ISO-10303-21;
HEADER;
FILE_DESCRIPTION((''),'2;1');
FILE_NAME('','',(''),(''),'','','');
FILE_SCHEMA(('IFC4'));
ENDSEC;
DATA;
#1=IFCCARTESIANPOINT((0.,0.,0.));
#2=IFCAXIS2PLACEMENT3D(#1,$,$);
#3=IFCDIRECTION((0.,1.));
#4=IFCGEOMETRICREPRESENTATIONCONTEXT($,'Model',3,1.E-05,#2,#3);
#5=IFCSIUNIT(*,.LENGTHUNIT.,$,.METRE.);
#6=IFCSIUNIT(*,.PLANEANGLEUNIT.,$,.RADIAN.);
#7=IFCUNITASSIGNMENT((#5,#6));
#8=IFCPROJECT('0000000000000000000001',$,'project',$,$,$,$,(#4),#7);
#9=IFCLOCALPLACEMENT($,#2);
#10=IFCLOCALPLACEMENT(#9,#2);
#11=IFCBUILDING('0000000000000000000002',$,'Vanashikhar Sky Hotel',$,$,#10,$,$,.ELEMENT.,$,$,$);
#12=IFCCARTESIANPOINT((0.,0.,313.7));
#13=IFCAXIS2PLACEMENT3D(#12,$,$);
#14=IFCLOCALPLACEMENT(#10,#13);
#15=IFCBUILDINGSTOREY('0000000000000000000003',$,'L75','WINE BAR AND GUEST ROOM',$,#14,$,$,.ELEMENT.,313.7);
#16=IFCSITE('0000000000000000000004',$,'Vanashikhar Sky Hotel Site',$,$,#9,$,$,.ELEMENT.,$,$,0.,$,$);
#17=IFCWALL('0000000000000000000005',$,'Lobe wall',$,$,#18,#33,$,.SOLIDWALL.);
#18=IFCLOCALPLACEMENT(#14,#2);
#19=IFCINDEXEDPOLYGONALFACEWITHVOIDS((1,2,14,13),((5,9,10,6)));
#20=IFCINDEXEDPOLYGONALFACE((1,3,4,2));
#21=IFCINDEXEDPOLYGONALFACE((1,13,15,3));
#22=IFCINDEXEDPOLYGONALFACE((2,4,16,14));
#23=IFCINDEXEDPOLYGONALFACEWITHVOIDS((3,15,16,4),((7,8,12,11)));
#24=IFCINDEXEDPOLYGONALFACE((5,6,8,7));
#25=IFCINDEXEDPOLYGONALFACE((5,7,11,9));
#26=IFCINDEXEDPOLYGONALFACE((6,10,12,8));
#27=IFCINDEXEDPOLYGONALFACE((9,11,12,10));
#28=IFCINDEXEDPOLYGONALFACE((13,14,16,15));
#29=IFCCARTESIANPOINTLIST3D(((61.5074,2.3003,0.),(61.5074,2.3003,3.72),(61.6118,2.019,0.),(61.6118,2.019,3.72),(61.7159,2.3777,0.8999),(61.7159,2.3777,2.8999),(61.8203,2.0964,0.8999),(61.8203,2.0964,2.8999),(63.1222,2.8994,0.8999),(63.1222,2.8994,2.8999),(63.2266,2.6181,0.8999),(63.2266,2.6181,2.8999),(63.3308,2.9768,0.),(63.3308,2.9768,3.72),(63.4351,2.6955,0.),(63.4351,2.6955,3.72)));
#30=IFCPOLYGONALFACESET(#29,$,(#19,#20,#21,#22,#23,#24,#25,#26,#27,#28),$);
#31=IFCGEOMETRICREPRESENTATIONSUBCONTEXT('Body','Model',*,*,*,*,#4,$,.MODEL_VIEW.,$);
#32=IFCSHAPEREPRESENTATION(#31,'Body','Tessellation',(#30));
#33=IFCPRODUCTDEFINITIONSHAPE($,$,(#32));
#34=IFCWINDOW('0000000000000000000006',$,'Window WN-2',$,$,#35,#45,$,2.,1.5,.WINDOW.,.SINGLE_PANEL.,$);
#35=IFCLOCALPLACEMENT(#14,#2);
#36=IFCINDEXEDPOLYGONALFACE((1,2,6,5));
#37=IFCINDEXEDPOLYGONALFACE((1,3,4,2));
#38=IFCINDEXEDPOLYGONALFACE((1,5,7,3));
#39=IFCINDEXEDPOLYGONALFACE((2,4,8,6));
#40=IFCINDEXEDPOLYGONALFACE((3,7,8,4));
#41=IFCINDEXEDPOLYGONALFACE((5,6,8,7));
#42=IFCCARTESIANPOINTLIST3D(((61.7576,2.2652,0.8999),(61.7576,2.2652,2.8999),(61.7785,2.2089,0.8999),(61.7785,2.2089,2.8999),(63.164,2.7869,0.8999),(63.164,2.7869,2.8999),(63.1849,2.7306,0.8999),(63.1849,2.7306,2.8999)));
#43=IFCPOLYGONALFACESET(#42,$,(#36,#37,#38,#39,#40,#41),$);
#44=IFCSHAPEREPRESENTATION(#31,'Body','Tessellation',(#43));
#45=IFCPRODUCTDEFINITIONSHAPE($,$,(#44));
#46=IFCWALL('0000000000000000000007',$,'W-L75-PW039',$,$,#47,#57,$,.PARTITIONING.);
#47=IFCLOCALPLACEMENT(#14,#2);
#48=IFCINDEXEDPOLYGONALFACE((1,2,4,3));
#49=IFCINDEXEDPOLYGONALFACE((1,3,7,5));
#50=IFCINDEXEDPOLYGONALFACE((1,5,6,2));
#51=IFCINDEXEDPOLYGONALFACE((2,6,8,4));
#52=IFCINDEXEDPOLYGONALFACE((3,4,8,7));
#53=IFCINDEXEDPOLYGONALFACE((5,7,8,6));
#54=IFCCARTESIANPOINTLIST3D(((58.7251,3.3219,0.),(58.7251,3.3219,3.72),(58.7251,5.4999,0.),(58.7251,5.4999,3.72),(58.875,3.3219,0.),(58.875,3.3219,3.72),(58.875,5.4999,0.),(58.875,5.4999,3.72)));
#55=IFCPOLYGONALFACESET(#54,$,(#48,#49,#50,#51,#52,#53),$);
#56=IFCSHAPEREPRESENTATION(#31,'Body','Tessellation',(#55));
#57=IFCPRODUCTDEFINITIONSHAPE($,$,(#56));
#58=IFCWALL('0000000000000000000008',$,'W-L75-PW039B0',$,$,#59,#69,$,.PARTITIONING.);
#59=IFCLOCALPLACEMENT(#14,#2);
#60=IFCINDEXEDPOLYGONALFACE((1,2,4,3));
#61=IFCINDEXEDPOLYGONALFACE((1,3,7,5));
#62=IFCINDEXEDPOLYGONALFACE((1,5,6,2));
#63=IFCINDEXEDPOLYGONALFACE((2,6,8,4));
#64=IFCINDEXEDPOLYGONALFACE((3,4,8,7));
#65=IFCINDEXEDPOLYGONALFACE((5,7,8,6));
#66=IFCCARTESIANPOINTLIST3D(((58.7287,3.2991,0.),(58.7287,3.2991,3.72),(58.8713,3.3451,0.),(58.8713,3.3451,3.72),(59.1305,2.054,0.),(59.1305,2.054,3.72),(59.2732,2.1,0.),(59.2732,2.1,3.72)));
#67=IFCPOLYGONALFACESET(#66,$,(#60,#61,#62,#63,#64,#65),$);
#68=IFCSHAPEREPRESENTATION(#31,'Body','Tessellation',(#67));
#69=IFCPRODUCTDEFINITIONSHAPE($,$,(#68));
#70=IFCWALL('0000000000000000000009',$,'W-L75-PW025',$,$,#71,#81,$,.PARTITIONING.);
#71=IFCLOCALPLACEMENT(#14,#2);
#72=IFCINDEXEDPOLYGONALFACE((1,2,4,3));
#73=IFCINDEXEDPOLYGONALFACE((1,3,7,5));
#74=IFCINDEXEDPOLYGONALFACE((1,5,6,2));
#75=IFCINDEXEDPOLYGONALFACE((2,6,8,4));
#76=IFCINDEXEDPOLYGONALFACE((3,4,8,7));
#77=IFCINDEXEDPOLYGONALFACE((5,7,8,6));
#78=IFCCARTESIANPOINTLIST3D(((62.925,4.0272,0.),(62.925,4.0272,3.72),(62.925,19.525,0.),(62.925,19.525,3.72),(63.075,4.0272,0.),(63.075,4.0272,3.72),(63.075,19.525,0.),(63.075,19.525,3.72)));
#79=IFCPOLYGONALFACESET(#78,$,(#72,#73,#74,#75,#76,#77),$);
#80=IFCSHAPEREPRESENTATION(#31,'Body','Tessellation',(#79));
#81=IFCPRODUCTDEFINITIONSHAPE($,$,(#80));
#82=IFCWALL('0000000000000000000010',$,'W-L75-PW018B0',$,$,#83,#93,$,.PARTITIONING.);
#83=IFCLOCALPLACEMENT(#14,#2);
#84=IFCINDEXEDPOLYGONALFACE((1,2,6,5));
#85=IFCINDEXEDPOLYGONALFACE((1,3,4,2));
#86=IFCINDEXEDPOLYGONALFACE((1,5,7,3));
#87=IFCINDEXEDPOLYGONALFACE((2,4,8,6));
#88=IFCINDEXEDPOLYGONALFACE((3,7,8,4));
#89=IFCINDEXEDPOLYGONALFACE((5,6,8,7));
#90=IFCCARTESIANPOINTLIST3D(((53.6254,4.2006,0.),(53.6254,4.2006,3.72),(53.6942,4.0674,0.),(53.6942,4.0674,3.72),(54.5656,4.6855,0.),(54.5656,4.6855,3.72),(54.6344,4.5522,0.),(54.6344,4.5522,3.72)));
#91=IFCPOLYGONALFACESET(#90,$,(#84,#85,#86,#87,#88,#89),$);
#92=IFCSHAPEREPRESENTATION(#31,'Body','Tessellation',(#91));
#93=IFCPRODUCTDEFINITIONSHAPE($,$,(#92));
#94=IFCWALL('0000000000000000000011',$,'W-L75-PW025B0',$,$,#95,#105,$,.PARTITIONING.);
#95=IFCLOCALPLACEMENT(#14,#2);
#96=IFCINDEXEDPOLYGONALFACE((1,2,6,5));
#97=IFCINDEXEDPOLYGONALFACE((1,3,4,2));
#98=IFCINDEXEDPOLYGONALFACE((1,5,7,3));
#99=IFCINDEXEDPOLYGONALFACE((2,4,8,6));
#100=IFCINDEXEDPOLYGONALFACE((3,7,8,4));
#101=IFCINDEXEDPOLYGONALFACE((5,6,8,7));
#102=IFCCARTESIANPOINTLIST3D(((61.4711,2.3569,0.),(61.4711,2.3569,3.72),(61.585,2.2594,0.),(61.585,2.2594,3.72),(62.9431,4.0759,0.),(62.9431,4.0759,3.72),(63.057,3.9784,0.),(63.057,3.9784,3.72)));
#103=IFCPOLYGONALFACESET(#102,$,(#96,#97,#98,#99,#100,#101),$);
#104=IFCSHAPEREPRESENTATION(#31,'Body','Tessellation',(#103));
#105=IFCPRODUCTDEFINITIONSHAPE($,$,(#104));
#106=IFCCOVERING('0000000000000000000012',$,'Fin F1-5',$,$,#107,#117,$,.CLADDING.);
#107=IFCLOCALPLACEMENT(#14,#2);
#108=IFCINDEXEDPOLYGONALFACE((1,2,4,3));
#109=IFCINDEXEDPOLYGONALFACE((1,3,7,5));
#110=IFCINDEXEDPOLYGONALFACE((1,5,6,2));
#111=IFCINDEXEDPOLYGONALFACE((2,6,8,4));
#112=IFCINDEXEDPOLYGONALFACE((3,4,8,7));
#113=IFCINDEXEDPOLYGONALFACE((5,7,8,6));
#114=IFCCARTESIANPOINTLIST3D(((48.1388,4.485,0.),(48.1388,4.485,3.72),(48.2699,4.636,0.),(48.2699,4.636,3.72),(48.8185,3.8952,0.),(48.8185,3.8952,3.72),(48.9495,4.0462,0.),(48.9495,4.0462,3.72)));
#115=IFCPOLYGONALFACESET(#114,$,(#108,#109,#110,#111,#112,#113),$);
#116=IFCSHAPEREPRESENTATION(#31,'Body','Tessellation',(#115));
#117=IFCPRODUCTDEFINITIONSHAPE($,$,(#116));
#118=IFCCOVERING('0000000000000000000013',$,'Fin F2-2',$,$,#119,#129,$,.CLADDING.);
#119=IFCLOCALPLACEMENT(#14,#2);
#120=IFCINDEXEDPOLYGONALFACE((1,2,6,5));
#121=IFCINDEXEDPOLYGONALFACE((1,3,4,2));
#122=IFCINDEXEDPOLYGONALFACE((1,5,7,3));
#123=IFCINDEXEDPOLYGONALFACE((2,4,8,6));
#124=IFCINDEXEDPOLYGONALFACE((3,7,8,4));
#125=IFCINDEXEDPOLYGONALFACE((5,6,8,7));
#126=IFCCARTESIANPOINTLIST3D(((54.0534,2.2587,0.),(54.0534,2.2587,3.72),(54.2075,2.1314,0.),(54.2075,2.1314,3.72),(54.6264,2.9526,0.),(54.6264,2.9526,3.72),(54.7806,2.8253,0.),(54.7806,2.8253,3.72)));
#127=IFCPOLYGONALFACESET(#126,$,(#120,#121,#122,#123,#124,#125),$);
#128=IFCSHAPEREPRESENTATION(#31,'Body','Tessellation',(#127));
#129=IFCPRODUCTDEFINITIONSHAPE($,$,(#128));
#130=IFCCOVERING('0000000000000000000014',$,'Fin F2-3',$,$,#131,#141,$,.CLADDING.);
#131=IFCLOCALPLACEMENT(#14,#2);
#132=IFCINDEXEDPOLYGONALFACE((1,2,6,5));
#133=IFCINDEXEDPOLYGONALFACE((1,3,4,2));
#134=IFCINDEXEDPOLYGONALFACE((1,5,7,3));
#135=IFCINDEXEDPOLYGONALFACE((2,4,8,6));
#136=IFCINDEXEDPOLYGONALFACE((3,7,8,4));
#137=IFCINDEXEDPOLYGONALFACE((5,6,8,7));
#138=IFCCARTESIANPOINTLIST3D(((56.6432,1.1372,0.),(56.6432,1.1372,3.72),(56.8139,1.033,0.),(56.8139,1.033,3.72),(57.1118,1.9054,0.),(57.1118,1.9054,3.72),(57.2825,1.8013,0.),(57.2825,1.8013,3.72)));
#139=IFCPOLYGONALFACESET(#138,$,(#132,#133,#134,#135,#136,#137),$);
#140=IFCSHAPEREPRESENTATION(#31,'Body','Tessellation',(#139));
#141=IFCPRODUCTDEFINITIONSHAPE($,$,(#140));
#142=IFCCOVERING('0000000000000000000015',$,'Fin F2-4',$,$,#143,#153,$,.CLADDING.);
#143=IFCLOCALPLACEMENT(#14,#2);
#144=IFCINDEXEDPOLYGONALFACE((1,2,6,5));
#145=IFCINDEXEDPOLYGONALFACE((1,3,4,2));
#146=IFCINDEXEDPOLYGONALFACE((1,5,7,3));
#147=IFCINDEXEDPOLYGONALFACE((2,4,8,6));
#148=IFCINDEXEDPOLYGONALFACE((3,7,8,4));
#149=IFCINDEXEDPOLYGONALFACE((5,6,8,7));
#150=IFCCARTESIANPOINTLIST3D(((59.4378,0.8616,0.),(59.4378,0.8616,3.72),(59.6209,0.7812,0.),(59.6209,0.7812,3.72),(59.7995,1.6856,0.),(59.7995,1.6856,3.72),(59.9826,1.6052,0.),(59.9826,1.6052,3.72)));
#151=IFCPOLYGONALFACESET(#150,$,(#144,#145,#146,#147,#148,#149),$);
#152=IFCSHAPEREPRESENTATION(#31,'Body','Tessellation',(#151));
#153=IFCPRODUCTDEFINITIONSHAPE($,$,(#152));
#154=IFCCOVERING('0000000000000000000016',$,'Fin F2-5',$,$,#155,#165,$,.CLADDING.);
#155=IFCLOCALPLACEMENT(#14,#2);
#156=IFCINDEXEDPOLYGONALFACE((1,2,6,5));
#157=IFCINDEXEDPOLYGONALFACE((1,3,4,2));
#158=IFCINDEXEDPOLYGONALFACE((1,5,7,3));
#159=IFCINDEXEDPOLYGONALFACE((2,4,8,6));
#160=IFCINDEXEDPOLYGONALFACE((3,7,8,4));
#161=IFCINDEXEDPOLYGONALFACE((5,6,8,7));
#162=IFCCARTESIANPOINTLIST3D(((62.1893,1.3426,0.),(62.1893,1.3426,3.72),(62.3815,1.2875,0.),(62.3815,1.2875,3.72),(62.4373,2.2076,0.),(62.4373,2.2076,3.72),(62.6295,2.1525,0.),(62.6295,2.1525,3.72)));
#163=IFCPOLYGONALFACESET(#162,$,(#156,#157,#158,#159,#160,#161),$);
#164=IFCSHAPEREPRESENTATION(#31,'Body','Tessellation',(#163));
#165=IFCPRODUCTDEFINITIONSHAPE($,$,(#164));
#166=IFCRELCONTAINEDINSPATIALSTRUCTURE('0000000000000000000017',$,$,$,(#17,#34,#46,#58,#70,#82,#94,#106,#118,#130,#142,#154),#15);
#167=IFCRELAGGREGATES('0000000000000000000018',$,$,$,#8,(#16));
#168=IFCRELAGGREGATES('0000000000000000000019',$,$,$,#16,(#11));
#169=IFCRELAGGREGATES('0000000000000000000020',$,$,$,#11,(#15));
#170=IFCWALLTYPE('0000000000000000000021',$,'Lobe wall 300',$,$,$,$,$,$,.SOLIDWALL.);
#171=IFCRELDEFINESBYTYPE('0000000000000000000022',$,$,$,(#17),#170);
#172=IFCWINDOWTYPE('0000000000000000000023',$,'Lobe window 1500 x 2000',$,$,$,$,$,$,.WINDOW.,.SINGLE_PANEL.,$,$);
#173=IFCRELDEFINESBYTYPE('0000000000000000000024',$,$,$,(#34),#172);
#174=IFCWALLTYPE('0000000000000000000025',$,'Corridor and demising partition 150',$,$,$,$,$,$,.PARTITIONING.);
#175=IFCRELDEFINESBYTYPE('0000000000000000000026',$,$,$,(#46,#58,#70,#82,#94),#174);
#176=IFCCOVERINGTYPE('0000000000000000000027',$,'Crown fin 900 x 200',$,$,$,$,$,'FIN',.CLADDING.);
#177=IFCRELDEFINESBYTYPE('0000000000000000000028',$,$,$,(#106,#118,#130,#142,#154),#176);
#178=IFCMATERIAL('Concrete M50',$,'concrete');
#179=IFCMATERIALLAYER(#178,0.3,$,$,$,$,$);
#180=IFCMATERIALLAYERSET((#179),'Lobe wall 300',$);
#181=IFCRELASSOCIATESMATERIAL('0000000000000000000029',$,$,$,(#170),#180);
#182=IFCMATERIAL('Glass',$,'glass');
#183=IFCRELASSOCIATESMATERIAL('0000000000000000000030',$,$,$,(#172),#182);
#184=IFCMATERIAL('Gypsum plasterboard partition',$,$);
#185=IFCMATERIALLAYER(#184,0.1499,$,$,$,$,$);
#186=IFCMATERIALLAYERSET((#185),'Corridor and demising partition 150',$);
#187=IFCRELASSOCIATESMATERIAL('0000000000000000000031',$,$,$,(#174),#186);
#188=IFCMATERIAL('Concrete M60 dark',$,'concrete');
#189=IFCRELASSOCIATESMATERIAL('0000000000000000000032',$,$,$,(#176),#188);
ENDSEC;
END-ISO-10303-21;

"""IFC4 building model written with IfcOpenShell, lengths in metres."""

from ifc_helpers import new_model, si_unit, direction, frame, frame_2d, origin, origin_2d, place, context, subcontext, project, spatial, rectangle, extrude, source, transform, mapped, material, layer, layer_set, material_profile, profile_set, type_object, element, fill, save


model = new_model("IFC4")

# Units and contexts
model_context = context("Model", 3, precision=1e-05, world=origin(), true_north=direction((0.0, 1.0)))
body_context = subcontext(model_context, "Body", "Model", "MODEL_VIEW")
ifc_project = project(units=[si_unit("LENGTHUNIT", "METRE"), si_unit("PLANEANGLEUNIT", "RADIAN")], contexts=[model_context])

# Site, building, storey
site_placement = place(None, origin())
site = spatial("IfcSite", under=ifc_project, at=site_placement, Name="Vanashikhar Sky Hotel Site", CompositionType="ELEMENT", RefElevation=0.0)
building_placement = place(site_placement, origin())
building = spatial("IfcBuilding", under=site, at=building_placement, Name="Vanashikhar Sky Hotel", CompositionType="ELEMENT")
storey_placement = place(building_placement, frame((0.0, 0.0, 313.7)))
storey = spatial("IfcBuildingStorey", under=building, at=storey_placement, Name="L75", Description="WINE BAR AND GUEST ROOM", CompositionType="ELEMENT", Elevation=313.7)

# Shared definitions
ifc_material_1 = material(Name="Concrete M50", Category="concrete")
ifc_layer_1 = layer(ifc_material_1, 0.3)
ifc_layer_set_1 = layer_set([ifc_layer_1], Name="Lobe wall 300")
wall_type_1 = type_object("IfcWallType", Name="Lobe wall 300", PredefinedType="SOLIDWALL", material=ifc_layer_set_1)
shared_shape_1 = source(origin(), body_context, "Body", "SweptSolid", [
    extrude(rectangle(XDim=1.5, YDim=2.0, at=frame_2d((0.75, 1.0))), frame((0.0, 0.1602, 0.0), z_axis=(0.0, -1.0, 0.0), x_axis=(1.0, 0.0, 0.0)), (0.0, 0.0, 1.0), 0.3201),
])
ifc_material_2 = material(Name="Glass", Category="glass")
window_type = type_object("IfcWindowType", Name="Lobe window 1500 x 2000", PartitioningType="SINGLE_PANEL", PredefinedType="WINDOW", material=ifc_material_2)
shared_shape_2 = source(origin(), body_context, "Body", "SweptSolid", [
    extrude(rectangle(XDim=1.5, YDim=2.0, at=frame_2d((0.75, 1.0))), frame((0.0, 0.03, 0.0), z_axis=(0.0, -1.0, 0.0), x_axis=(1.0, 0.0, 0.0)), (0.0, 0.0, 1.0), 0.0601),
])

# Wall, opening, window
shared_shape_3 = source(origin(), body_context, "Body", "SweptSolid", [
    extrude(rectangle(XDim=1.9448, YDim=0.3, at=frame_2d((0.9724, 0.0))), origin(), (0.0, 0.0, 1.0), 3.72),
])
wall_1_placement = place(storey_placement, frame((61.5596, 2.1597, 0.0), z_axis=(0.0, 0.0, 1.0), x_axis=(0.937556, 0.347834, 0.0)))
wall_1 = element("IfcWall", 1, at=wall_1_placement, inside=storey, type_object=wall_type_1, Name="Lobe wall", PredefinedType="SOLIDWALL", context=body_context, shape_type="MappedRepresentation", body=[
    mapped(shared_shape_3, transform((0.0, 0.0, 0.0), scale=1.0)),
])
opening_1_placement = place(wall_1_placement, frame((0.2224, 0.0, 0.8999)))
opening_1 = element("IfcOpeningElement", 2, at=opening_1_placement, cuts=wall_1, PredefinedType="OPENING", context=body_context, shape_type="MappedRepresentation", body=[
    mapped(shared_shape_1, transform((0.0, 0.0, 0.0), scale=1.0)),
])
window_1_placement = place(opening_1_placement, origin())
window_1 = element("IfcWindow", 3, at=window_1_placement, inside=storey, type_object=window_type, Name="Window WN-2", OverallHeight=2.0, OverallWidth=1.5, PartitioningType="SINGLE_PANEL", PredefinedType="WINDOW", context=body_context, shape_type="MappedRepresentation", body=[
    mapped(shared_shape_2, transform((0.0, 0.0, 0.0), scale=1.0)),
])
fill(opening_1, window_1)

# Walls
ifc_material_3 = material(Name="Gypsum plasterboard partition")
ifc_layer_2 = layer(ifc_material_3, 0.1499)
ifc_layer_set_2 = layer_set([ifc_layer_2], Name="Corridor and demising partition 150")
wall_type_2 = type_object("IfcWallType", Name="Corridor and demising partition 150", PredefinedType="PARTITIONING", material=ifc_layer_set_2)
shared_shape_4 = source(origin(), body_context, "Body", "SweptSolid", [
    extrude(rectangle(XDim=2.178, YDim=0.1499, at=frame_2d((1.0889, 0.0))), origin(), (0.0, 0.0, 1.0), 3.72),
])
wall_2_placement = place(storey_placement, frame((58.8, 3.322, 0.0), z_axis=(0.0, 0.0, 1.0), x_axis=(0.0, 1.0, 0.0)))
element("IfcWall", 4, at=wall_2_placement, inside=storey, type_object=wall_type_2, Name="W-L75-PW039", PredefinedType="PARTITIONING", context=body_context, shape_type="MappedRepresentation", body=[
    mapped(shared_shape_4, transform((0.0, 0.0, 0.0), scale=1.0)),
])
shared_shape_5 = source(origin(), body_context, "Body", "SweptSolid", [
    extrude(rectangle(XDim=1.3083, YDim=0.1499, at=frame_2d((0.6543, 0.0))), origin(), (0.0, 0.0, 1.0), 3.72),
])
wall_3_placement = place(storey_placement, frame((59.2019, 2.0769, 0.0), z_axis=(0.0, 0.0, 1.0), x_axis=(-0.307145, 0.951663, 0.0)))
element("IfcWall", 5, at=wall_3_placement, inside=storey, type_object=wall_type_2, Name="W-L75-PW039B0", PredefinedType="PARTITIONING", context=body_context, shape_type="MappedRepresentation", body=[
    mapped(shared_shape_5, transform((0.0, 0.0, 0.0), scale=1.0)),
])
shared_shape_6 = source(origin(), body_context, "Body", "SweptSolid", [
    extrude(rectangle(XDim=15.4978, YDim=0.1499, at=frame_2d((7.749, 0.0))), origin(), (0.0, 0.0, 1.0), 3.72),
])
wall_4_placement = place(storey_placement, frame((63.0, 4.0271, 0.0), z_axis=(0.0, 0.0, 1.0), x_axis=(0.0, 1.0, 0.0)))
element("IfcWall", 6, at=wall_4_placement, inside=storey, type_object=wall_type_2, Name="W-L75-PW025", PredefinedType="PARTITIONING", context=body_context, shape_type="MappedRepresentation", body=[
    mapped(shared_shape_6, transform((0.0, 0.0, 0.0), scale=1.0)),
])
shared_shape_7 = source(origin(), body_context, "Body", "SweptSolid", [
    extrude(rectangle(XDim=1.0579, YDim=0.1499, at=frame_2d((0.5288, 0.0))), origin(), (0.0, 0.0, 1.0), 3.72),
])
wall_5_placement = place(storey_placement, frame((53.6599, 4.134, 0.0), z_axis=(0.0, 0.0, 1.0), x_axis=(0.888772, 0.458349, 0.0)))
element("IfcWall", 7, at=wall_5_placement, inside=storey, type_object=wall_type_2, Name="W-L75-PW018B0", PredefinedType="PARTITIONING", context=body_context, shape_type="MappedRepresentation", body=[
    mapped(shared_shape_7, transform((0.0, 0.0, 0.0), scale=1.0)),
])
shared_shape_8 = source(origin(), body_context, "Body", "SweptSolid", [
    extrude(rectangle(XDim=2.2632, YDim=0.1499, at=frame_2d((1.1316, 0.0))), origin(), (0.0, 0.0, 1.0), 3.72),
])
wall_6_placement = place(storey_placement, frame((61.5281, 2.3081, 0.0), z_axis=(0.0, 0.0, 1.0), x_axis=(0.650409, 0.759584, 0.0)))
element("IfcWall", 8, at=wall_6_placement, inside=storey, type_object=wall_type_2, Name="W-L75-PW025B0", PredefinedType="PARTITIONING", context=body_context, shape_type="MappedRepresentation", body=[
    mapped(shared_shape_8, transform((0.0, 0.0, 0.0), scale=1.0)),
])

# Coverings
ifc_material_4 = material(Name="Concrete M60 dark", Category="concrete")
ifc_material_profile = material_profile(ifc_material_4, rectangle(XDim=0.8999, YDim=0.2, at=origin_2d()))
ifc_profile_set = profile_set([ifc_material_profile], Name="Crown fin 900 x 200")
covering_type = type_object("IfcCoveringType", Name="Crown fin 900 x 200", ElementType="FIN", PredefinedType="CLADDING", material=ifc_profile_set)
shared_shape_9 = source(origin(), body_context, "Body", "SweptSolid", [
    extrude(rectangle(XDim=0.8999, YDim=0.2, at=origin_2d()), origin(), (0.0, 0.0, 1.0), 3.72),
])
for number, where, z_axis, x_axis, name in (
    (9, (48.5442, 4.2656, 0.0), (0.0, 0.0, 1.0), (0.755247, -0.65544, 0.0), "Fin F1-5"),
    (10, (54.417, 2.542, 0.0), (0.0, 0.0, 1.0), (-0.636805, -0.771025, 0.0), "Fin F2-2"),
    (11, (56.9629, 1.4692, 0.0), (0.0, 0.0, 1.0), (-0.520712, -0.853733, 0.0), "Fin F2-3"),
    (12, (59.7102, 1.2334, 0.0), (0.0, 0.0, 1.0), (-0.401948, -0.915663, 0.0), "Fin F2-4"),
    (13, (62.4094, 1.7476, 0.0), (0.0, 0.0, 1.0), (-0.275604, -0.961271, 0.0), "Fin F2-5"),
):
    element("IfcCovering", number, at=place(storey_placement, frame(where, z_axis=z_axis, x_axis=x_axis)), inside=storey, type_object=covering_type, Name=name, PredefinedType="CLADDING", context=body_context, shape_type="MappedRepresentation", body=[
        mapped(shared_shape_9, transform((0.0, 0.0, 0.0), scale=1.0)),
    ])

save(model, "model.ifc")
